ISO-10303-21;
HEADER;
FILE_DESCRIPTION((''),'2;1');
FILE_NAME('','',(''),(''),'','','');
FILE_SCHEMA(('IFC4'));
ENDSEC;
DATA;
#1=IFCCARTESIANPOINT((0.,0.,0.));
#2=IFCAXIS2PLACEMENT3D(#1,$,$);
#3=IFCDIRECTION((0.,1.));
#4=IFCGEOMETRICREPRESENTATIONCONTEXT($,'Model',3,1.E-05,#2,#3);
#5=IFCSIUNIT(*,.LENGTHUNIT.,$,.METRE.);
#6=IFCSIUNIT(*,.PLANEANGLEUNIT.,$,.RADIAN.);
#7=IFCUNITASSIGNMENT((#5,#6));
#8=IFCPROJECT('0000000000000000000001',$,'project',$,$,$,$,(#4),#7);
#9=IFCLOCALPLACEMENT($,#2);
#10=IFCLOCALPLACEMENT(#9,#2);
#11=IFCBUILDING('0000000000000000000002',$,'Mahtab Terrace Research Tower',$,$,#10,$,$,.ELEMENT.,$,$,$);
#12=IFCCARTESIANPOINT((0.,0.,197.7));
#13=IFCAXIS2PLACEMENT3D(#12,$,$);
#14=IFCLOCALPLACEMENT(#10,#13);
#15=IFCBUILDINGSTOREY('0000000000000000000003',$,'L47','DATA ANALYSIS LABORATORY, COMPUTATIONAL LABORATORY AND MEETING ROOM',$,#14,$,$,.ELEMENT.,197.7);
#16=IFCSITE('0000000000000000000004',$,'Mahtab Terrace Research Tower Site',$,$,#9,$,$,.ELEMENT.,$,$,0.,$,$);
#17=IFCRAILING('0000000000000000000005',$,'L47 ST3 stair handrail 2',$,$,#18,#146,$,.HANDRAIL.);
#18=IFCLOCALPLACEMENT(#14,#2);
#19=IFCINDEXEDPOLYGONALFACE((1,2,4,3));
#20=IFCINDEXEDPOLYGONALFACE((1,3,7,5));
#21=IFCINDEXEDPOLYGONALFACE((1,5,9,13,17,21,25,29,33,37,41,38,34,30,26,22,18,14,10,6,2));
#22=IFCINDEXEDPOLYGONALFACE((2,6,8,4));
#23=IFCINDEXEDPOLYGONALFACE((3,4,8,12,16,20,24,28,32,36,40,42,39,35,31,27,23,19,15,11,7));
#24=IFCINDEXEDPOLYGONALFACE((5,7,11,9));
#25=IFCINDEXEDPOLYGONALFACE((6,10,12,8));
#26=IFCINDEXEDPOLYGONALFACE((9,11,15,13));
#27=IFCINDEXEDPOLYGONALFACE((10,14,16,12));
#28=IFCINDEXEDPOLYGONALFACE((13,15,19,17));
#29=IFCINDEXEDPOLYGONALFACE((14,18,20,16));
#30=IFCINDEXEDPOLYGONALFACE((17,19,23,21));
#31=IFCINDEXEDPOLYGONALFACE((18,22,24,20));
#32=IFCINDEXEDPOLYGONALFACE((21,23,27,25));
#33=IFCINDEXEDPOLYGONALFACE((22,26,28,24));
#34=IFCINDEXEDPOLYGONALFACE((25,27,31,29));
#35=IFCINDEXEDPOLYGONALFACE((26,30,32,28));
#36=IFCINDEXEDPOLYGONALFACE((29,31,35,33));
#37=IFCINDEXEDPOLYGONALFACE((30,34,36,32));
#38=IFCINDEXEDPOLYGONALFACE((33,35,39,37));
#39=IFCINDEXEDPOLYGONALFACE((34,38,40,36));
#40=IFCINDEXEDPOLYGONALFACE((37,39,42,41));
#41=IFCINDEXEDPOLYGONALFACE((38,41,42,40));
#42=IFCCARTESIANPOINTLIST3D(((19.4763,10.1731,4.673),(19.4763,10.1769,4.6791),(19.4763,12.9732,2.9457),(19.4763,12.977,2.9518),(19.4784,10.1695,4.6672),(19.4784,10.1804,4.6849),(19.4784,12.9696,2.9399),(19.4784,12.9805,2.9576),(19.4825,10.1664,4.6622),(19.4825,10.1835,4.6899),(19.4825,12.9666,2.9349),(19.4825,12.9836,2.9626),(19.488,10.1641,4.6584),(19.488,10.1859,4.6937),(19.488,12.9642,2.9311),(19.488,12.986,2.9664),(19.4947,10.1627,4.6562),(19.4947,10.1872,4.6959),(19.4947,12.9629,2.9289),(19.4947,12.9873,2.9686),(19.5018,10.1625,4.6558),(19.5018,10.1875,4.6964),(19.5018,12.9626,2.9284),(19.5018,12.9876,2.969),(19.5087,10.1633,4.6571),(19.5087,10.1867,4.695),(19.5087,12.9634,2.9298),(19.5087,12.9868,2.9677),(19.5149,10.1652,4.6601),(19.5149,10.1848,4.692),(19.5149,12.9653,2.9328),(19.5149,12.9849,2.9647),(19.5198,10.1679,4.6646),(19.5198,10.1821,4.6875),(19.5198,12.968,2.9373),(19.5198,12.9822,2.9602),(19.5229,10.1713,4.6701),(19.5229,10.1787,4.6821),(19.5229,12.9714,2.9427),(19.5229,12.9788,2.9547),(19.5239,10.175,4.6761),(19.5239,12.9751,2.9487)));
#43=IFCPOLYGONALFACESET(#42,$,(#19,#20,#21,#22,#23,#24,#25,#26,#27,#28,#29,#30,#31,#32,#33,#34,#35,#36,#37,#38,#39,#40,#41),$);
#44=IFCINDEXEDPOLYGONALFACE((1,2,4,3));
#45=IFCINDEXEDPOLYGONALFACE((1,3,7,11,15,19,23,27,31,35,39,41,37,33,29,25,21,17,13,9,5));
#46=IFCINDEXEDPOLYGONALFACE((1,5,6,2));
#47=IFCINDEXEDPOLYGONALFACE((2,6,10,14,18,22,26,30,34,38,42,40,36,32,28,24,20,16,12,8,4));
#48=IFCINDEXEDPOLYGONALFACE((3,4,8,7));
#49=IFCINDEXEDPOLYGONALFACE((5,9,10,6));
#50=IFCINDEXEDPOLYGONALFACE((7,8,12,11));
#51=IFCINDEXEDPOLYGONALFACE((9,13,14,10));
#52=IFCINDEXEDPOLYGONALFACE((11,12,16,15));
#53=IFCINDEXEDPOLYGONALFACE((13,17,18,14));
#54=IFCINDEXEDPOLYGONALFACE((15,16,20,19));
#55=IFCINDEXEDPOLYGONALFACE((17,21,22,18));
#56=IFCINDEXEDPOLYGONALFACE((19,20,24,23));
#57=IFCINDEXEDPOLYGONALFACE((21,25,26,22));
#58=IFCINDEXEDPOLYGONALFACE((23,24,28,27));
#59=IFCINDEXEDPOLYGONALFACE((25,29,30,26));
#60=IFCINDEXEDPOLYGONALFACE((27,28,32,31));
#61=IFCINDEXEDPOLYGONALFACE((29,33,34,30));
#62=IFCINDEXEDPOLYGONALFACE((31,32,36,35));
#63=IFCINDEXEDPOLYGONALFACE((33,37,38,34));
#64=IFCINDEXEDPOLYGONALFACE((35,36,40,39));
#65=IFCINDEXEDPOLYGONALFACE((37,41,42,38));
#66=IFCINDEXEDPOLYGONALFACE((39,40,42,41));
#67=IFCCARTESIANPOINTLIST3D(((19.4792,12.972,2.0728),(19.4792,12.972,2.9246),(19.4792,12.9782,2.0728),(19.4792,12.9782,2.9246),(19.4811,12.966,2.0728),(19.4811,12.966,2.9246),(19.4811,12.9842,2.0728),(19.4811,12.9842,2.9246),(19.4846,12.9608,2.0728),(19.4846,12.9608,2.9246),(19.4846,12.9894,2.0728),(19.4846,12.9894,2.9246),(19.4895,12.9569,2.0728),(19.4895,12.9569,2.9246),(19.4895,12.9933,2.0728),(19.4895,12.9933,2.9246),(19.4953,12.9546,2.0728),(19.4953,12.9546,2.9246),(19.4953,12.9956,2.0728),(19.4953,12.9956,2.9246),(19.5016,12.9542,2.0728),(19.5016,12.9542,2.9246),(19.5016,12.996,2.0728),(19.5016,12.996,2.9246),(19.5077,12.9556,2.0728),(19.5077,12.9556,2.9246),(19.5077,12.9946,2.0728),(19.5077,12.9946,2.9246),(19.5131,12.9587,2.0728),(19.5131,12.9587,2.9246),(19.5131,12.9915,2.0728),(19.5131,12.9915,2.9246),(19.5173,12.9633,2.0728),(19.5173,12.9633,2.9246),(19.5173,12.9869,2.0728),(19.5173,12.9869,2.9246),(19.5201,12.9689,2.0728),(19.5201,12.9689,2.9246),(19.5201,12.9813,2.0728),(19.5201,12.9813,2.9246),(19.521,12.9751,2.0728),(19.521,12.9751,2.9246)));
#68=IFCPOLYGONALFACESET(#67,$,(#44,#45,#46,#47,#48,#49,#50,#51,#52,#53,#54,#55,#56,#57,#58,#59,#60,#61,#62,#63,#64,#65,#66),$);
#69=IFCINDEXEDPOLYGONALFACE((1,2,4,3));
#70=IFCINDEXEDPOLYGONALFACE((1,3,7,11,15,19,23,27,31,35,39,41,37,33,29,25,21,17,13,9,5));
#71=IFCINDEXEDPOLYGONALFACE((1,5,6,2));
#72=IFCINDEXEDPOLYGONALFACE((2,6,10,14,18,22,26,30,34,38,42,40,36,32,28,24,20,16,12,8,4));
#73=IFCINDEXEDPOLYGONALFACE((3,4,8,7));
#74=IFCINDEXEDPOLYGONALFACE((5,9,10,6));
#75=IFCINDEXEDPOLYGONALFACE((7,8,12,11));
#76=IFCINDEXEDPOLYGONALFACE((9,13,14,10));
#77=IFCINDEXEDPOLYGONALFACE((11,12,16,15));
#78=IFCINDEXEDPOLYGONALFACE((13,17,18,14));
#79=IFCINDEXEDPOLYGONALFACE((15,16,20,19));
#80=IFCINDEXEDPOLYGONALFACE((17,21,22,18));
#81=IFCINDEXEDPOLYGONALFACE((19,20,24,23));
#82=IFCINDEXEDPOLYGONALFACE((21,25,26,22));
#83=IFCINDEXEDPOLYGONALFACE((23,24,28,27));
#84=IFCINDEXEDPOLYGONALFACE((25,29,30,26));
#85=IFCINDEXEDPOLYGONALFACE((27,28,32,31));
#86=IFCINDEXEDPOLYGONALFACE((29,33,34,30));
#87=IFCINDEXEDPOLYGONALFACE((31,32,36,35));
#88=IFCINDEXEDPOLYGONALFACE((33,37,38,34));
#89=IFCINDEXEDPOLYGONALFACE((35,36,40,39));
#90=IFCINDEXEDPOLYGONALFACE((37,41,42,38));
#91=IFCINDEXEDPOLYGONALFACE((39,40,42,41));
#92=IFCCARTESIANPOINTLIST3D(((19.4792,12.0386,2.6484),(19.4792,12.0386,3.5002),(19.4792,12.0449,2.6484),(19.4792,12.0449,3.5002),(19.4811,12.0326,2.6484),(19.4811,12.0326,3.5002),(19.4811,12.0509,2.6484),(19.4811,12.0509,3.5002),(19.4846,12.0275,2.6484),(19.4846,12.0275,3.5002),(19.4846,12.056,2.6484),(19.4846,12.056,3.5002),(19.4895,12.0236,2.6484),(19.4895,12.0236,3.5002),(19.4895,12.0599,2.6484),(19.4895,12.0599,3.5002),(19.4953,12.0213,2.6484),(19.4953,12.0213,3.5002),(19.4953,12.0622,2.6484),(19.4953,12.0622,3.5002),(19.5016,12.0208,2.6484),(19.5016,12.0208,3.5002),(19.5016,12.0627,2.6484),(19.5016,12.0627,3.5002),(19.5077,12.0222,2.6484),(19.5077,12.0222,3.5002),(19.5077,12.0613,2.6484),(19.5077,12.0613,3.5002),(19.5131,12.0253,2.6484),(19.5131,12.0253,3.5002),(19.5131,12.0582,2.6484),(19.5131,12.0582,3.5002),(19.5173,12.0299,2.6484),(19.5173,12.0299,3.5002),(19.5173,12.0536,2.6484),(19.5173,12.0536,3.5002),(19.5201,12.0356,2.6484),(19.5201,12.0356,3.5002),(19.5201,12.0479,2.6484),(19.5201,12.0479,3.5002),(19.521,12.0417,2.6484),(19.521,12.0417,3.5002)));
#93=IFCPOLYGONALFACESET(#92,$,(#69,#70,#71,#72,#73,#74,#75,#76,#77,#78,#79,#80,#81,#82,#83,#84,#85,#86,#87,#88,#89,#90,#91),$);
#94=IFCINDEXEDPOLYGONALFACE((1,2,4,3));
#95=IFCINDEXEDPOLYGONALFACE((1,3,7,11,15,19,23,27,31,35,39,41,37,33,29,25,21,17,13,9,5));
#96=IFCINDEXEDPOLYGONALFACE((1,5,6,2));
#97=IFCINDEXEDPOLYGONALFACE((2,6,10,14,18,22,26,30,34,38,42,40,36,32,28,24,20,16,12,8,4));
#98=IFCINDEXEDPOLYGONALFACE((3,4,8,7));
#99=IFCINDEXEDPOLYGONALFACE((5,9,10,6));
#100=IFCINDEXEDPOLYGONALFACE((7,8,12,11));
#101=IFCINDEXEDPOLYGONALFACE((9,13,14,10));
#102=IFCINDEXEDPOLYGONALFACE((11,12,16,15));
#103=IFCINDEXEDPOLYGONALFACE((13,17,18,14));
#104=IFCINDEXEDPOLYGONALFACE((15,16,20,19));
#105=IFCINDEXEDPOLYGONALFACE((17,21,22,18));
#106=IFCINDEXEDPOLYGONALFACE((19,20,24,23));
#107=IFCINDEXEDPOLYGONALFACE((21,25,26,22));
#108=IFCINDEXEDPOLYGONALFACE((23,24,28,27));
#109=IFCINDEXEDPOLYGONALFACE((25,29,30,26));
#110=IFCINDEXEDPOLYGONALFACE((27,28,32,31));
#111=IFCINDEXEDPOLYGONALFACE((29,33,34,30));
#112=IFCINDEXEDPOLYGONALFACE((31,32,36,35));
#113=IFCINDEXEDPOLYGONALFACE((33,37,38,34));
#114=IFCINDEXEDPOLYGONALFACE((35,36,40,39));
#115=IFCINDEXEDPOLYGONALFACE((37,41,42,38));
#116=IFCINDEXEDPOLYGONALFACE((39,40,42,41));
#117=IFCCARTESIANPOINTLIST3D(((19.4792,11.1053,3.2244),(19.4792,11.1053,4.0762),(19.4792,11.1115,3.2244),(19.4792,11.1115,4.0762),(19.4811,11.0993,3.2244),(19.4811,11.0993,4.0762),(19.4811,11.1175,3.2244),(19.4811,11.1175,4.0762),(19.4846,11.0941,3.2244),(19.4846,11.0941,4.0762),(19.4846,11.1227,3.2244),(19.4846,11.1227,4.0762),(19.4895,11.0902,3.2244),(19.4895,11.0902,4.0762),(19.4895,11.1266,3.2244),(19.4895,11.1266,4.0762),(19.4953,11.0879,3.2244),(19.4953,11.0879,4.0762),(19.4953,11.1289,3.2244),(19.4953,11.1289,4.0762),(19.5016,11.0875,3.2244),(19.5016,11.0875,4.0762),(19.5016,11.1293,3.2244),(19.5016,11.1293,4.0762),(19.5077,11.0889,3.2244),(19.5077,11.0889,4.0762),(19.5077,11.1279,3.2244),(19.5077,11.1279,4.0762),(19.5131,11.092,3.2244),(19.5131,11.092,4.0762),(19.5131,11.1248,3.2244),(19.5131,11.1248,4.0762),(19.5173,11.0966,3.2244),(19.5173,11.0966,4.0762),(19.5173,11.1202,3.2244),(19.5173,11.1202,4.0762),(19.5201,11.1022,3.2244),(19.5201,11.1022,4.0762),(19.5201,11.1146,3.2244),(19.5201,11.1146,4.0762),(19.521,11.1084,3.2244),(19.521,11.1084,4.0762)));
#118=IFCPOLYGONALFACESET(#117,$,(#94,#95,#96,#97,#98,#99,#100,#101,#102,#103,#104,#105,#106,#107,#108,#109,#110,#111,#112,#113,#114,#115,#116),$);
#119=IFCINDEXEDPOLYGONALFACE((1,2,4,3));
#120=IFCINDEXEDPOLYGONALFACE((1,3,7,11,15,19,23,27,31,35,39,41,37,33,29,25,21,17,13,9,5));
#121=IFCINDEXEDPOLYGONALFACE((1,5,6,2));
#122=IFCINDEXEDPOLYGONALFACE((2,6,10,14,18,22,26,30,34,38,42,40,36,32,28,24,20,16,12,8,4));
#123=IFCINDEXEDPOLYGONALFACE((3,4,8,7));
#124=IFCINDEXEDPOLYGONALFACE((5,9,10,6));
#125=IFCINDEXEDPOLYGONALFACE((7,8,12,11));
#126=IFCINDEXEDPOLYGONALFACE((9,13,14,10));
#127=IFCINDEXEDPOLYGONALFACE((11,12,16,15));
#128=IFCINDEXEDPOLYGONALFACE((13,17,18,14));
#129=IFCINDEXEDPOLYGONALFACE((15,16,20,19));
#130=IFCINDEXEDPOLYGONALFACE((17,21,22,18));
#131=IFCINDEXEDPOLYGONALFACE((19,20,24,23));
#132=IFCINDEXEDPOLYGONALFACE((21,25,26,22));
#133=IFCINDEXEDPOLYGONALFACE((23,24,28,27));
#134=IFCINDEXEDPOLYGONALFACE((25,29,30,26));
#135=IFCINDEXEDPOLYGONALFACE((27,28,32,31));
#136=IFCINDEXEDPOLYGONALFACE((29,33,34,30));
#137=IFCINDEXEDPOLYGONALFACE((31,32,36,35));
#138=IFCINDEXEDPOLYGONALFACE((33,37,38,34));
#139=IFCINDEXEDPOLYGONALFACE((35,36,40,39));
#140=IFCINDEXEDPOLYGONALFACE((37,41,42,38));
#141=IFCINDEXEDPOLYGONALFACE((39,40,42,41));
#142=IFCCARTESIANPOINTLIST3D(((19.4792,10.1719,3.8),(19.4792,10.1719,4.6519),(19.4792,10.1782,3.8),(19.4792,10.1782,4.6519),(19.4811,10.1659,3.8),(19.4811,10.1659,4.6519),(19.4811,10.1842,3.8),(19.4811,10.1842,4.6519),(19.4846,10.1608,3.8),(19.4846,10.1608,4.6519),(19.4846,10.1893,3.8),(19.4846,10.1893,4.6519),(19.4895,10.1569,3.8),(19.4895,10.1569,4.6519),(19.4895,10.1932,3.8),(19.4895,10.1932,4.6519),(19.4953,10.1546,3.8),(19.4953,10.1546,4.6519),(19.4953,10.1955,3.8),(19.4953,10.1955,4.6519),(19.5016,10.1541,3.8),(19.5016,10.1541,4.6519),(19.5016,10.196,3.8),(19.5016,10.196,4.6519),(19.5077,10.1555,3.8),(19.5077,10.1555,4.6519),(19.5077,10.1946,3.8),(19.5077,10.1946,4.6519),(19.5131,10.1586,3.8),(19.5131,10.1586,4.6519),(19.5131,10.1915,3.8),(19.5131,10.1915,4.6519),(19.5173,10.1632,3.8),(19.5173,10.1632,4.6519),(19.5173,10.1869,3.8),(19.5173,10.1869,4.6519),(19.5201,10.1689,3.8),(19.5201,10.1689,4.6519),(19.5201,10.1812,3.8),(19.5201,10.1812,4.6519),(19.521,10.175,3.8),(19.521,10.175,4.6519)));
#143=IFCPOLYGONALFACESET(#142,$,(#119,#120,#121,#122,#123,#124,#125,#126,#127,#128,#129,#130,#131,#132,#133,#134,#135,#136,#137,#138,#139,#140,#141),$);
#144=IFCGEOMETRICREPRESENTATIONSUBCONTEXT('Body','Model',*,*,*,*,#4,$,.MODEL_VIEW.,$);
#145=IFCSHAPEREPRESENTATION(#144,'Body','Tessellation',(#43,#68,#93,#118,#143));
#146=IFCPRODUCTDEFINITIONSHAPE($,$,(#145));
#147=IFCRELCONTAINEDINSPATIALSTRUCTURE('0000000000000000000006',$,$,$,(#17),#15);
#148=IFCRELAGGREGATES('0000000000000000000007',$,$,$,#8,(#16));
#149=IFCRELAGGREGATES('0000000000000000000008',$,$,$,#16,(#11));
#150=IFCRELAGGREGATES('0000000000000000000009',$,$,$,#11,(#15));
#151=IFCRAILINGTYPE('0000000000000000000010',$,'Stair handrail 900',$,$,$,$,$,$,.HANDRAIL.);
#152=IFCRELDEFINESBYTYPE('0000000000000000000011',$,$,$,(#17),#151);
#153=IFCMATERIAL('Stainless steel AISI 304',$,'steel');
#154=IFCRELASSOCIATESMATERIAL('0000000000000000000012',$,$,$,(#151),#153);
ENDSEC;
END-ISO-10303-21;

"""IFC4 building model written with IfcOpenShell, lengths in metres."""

from ifc_helpers import new_model, si_unit, direction, frame, origin, origin_2d, place, context, subcontext, project, spatial, circle, extrude, material, type_object, element, save


model = new_model("IFC4")

# Units and contexts
model_context = context("Model", 3, precision=1e-05, world=origin(), true_north=direction((0.0, 1.0)))
body_context = subcontext(model_context, "Body", "Model", "MODEL_VIEW")
ifc_project = project(units=[si_unit("LENGTHUNIT", "METRE"), si_unit("PLANEANGLEUNIT", "RADIAN")], contexts=[model_context])

# Site, building, storey
site_placement = place(None, origin())
site = spatial("IfcSite", under=ifc_project, at=site_placement, Name="Mahtab Terrace Research Tower Site", CompositionType="ELEMENT", RefElevation=0.0)
building_placement = place(site_placement, origin())
building = spatial("IfcBuilding", under=site, at=building_placement, Name="Mahtab Terrace Research Tower", CompositionType="ELEMENT")
storey_placement = place(building_placement, frame((0.0, 0.0, 197.7)))
storey = spatial("IfcBuildingStorey", under=building, at=storey_placement, Name="L47", Description="DATA ANALYSIS LABORATORY, COMPUTATIONAL LABORATORY AND MEETING ROOM", CompositionType="ELEMENT", Elevation=197.7)

# Railing
ifc_material_1 = material(Name="Stainless steel AISI 304", Category="steel")
railing_type_1 = type_object("IfcRailingType", Name="Stair handrail 900", PredefinedType="HANDRAIL", material=ifc_material_1)
railing_1_placement = place(storey_placement, frame((19.5, 12.9751, 2.0728)))
element("IfcRailing", 1, at=railing_1_placement, inside=storey, type_object=railing_type_1, Name="L47 ST3 stair handrail 2", PredefinedType="HANDRAIL", context=body_context, shape_type="SweptSolid", body=[
    extrude(circle(Radius=0.0239, at=origin_2d()), frame((0.0, 0.0, 0.876), z_axis=(0.0, -0.85109, 0.52502), x_axis=(1.0, 0.0, 0.0)), (0.0, 0.0, 1.0), 3.29),
    extrude(circle(Radius=0.021, at=origin_2d()), origin(), (0.0, 0.0, 1.0), 0.8518),
    extrude(circle(Radius=0.021, at=origin_2d()), frame((0.0, -0.9333, 0.5757)), (0.0, 0.0, 1.0), 0.8518),
    extrude(circle(Radius=0.021, at=origin_2d()), frame((0.0, -1.8667, 1.1516)), (0.0, 0.0, 1.0), 0.8518),
    extrude(circle(Radius=0.021, at=origin_2d()), frame((0.0, -2.8, 1.7273)), (0.0, 0.0, 1.0), 0.8518),
])

save(model, "model.ifc")
